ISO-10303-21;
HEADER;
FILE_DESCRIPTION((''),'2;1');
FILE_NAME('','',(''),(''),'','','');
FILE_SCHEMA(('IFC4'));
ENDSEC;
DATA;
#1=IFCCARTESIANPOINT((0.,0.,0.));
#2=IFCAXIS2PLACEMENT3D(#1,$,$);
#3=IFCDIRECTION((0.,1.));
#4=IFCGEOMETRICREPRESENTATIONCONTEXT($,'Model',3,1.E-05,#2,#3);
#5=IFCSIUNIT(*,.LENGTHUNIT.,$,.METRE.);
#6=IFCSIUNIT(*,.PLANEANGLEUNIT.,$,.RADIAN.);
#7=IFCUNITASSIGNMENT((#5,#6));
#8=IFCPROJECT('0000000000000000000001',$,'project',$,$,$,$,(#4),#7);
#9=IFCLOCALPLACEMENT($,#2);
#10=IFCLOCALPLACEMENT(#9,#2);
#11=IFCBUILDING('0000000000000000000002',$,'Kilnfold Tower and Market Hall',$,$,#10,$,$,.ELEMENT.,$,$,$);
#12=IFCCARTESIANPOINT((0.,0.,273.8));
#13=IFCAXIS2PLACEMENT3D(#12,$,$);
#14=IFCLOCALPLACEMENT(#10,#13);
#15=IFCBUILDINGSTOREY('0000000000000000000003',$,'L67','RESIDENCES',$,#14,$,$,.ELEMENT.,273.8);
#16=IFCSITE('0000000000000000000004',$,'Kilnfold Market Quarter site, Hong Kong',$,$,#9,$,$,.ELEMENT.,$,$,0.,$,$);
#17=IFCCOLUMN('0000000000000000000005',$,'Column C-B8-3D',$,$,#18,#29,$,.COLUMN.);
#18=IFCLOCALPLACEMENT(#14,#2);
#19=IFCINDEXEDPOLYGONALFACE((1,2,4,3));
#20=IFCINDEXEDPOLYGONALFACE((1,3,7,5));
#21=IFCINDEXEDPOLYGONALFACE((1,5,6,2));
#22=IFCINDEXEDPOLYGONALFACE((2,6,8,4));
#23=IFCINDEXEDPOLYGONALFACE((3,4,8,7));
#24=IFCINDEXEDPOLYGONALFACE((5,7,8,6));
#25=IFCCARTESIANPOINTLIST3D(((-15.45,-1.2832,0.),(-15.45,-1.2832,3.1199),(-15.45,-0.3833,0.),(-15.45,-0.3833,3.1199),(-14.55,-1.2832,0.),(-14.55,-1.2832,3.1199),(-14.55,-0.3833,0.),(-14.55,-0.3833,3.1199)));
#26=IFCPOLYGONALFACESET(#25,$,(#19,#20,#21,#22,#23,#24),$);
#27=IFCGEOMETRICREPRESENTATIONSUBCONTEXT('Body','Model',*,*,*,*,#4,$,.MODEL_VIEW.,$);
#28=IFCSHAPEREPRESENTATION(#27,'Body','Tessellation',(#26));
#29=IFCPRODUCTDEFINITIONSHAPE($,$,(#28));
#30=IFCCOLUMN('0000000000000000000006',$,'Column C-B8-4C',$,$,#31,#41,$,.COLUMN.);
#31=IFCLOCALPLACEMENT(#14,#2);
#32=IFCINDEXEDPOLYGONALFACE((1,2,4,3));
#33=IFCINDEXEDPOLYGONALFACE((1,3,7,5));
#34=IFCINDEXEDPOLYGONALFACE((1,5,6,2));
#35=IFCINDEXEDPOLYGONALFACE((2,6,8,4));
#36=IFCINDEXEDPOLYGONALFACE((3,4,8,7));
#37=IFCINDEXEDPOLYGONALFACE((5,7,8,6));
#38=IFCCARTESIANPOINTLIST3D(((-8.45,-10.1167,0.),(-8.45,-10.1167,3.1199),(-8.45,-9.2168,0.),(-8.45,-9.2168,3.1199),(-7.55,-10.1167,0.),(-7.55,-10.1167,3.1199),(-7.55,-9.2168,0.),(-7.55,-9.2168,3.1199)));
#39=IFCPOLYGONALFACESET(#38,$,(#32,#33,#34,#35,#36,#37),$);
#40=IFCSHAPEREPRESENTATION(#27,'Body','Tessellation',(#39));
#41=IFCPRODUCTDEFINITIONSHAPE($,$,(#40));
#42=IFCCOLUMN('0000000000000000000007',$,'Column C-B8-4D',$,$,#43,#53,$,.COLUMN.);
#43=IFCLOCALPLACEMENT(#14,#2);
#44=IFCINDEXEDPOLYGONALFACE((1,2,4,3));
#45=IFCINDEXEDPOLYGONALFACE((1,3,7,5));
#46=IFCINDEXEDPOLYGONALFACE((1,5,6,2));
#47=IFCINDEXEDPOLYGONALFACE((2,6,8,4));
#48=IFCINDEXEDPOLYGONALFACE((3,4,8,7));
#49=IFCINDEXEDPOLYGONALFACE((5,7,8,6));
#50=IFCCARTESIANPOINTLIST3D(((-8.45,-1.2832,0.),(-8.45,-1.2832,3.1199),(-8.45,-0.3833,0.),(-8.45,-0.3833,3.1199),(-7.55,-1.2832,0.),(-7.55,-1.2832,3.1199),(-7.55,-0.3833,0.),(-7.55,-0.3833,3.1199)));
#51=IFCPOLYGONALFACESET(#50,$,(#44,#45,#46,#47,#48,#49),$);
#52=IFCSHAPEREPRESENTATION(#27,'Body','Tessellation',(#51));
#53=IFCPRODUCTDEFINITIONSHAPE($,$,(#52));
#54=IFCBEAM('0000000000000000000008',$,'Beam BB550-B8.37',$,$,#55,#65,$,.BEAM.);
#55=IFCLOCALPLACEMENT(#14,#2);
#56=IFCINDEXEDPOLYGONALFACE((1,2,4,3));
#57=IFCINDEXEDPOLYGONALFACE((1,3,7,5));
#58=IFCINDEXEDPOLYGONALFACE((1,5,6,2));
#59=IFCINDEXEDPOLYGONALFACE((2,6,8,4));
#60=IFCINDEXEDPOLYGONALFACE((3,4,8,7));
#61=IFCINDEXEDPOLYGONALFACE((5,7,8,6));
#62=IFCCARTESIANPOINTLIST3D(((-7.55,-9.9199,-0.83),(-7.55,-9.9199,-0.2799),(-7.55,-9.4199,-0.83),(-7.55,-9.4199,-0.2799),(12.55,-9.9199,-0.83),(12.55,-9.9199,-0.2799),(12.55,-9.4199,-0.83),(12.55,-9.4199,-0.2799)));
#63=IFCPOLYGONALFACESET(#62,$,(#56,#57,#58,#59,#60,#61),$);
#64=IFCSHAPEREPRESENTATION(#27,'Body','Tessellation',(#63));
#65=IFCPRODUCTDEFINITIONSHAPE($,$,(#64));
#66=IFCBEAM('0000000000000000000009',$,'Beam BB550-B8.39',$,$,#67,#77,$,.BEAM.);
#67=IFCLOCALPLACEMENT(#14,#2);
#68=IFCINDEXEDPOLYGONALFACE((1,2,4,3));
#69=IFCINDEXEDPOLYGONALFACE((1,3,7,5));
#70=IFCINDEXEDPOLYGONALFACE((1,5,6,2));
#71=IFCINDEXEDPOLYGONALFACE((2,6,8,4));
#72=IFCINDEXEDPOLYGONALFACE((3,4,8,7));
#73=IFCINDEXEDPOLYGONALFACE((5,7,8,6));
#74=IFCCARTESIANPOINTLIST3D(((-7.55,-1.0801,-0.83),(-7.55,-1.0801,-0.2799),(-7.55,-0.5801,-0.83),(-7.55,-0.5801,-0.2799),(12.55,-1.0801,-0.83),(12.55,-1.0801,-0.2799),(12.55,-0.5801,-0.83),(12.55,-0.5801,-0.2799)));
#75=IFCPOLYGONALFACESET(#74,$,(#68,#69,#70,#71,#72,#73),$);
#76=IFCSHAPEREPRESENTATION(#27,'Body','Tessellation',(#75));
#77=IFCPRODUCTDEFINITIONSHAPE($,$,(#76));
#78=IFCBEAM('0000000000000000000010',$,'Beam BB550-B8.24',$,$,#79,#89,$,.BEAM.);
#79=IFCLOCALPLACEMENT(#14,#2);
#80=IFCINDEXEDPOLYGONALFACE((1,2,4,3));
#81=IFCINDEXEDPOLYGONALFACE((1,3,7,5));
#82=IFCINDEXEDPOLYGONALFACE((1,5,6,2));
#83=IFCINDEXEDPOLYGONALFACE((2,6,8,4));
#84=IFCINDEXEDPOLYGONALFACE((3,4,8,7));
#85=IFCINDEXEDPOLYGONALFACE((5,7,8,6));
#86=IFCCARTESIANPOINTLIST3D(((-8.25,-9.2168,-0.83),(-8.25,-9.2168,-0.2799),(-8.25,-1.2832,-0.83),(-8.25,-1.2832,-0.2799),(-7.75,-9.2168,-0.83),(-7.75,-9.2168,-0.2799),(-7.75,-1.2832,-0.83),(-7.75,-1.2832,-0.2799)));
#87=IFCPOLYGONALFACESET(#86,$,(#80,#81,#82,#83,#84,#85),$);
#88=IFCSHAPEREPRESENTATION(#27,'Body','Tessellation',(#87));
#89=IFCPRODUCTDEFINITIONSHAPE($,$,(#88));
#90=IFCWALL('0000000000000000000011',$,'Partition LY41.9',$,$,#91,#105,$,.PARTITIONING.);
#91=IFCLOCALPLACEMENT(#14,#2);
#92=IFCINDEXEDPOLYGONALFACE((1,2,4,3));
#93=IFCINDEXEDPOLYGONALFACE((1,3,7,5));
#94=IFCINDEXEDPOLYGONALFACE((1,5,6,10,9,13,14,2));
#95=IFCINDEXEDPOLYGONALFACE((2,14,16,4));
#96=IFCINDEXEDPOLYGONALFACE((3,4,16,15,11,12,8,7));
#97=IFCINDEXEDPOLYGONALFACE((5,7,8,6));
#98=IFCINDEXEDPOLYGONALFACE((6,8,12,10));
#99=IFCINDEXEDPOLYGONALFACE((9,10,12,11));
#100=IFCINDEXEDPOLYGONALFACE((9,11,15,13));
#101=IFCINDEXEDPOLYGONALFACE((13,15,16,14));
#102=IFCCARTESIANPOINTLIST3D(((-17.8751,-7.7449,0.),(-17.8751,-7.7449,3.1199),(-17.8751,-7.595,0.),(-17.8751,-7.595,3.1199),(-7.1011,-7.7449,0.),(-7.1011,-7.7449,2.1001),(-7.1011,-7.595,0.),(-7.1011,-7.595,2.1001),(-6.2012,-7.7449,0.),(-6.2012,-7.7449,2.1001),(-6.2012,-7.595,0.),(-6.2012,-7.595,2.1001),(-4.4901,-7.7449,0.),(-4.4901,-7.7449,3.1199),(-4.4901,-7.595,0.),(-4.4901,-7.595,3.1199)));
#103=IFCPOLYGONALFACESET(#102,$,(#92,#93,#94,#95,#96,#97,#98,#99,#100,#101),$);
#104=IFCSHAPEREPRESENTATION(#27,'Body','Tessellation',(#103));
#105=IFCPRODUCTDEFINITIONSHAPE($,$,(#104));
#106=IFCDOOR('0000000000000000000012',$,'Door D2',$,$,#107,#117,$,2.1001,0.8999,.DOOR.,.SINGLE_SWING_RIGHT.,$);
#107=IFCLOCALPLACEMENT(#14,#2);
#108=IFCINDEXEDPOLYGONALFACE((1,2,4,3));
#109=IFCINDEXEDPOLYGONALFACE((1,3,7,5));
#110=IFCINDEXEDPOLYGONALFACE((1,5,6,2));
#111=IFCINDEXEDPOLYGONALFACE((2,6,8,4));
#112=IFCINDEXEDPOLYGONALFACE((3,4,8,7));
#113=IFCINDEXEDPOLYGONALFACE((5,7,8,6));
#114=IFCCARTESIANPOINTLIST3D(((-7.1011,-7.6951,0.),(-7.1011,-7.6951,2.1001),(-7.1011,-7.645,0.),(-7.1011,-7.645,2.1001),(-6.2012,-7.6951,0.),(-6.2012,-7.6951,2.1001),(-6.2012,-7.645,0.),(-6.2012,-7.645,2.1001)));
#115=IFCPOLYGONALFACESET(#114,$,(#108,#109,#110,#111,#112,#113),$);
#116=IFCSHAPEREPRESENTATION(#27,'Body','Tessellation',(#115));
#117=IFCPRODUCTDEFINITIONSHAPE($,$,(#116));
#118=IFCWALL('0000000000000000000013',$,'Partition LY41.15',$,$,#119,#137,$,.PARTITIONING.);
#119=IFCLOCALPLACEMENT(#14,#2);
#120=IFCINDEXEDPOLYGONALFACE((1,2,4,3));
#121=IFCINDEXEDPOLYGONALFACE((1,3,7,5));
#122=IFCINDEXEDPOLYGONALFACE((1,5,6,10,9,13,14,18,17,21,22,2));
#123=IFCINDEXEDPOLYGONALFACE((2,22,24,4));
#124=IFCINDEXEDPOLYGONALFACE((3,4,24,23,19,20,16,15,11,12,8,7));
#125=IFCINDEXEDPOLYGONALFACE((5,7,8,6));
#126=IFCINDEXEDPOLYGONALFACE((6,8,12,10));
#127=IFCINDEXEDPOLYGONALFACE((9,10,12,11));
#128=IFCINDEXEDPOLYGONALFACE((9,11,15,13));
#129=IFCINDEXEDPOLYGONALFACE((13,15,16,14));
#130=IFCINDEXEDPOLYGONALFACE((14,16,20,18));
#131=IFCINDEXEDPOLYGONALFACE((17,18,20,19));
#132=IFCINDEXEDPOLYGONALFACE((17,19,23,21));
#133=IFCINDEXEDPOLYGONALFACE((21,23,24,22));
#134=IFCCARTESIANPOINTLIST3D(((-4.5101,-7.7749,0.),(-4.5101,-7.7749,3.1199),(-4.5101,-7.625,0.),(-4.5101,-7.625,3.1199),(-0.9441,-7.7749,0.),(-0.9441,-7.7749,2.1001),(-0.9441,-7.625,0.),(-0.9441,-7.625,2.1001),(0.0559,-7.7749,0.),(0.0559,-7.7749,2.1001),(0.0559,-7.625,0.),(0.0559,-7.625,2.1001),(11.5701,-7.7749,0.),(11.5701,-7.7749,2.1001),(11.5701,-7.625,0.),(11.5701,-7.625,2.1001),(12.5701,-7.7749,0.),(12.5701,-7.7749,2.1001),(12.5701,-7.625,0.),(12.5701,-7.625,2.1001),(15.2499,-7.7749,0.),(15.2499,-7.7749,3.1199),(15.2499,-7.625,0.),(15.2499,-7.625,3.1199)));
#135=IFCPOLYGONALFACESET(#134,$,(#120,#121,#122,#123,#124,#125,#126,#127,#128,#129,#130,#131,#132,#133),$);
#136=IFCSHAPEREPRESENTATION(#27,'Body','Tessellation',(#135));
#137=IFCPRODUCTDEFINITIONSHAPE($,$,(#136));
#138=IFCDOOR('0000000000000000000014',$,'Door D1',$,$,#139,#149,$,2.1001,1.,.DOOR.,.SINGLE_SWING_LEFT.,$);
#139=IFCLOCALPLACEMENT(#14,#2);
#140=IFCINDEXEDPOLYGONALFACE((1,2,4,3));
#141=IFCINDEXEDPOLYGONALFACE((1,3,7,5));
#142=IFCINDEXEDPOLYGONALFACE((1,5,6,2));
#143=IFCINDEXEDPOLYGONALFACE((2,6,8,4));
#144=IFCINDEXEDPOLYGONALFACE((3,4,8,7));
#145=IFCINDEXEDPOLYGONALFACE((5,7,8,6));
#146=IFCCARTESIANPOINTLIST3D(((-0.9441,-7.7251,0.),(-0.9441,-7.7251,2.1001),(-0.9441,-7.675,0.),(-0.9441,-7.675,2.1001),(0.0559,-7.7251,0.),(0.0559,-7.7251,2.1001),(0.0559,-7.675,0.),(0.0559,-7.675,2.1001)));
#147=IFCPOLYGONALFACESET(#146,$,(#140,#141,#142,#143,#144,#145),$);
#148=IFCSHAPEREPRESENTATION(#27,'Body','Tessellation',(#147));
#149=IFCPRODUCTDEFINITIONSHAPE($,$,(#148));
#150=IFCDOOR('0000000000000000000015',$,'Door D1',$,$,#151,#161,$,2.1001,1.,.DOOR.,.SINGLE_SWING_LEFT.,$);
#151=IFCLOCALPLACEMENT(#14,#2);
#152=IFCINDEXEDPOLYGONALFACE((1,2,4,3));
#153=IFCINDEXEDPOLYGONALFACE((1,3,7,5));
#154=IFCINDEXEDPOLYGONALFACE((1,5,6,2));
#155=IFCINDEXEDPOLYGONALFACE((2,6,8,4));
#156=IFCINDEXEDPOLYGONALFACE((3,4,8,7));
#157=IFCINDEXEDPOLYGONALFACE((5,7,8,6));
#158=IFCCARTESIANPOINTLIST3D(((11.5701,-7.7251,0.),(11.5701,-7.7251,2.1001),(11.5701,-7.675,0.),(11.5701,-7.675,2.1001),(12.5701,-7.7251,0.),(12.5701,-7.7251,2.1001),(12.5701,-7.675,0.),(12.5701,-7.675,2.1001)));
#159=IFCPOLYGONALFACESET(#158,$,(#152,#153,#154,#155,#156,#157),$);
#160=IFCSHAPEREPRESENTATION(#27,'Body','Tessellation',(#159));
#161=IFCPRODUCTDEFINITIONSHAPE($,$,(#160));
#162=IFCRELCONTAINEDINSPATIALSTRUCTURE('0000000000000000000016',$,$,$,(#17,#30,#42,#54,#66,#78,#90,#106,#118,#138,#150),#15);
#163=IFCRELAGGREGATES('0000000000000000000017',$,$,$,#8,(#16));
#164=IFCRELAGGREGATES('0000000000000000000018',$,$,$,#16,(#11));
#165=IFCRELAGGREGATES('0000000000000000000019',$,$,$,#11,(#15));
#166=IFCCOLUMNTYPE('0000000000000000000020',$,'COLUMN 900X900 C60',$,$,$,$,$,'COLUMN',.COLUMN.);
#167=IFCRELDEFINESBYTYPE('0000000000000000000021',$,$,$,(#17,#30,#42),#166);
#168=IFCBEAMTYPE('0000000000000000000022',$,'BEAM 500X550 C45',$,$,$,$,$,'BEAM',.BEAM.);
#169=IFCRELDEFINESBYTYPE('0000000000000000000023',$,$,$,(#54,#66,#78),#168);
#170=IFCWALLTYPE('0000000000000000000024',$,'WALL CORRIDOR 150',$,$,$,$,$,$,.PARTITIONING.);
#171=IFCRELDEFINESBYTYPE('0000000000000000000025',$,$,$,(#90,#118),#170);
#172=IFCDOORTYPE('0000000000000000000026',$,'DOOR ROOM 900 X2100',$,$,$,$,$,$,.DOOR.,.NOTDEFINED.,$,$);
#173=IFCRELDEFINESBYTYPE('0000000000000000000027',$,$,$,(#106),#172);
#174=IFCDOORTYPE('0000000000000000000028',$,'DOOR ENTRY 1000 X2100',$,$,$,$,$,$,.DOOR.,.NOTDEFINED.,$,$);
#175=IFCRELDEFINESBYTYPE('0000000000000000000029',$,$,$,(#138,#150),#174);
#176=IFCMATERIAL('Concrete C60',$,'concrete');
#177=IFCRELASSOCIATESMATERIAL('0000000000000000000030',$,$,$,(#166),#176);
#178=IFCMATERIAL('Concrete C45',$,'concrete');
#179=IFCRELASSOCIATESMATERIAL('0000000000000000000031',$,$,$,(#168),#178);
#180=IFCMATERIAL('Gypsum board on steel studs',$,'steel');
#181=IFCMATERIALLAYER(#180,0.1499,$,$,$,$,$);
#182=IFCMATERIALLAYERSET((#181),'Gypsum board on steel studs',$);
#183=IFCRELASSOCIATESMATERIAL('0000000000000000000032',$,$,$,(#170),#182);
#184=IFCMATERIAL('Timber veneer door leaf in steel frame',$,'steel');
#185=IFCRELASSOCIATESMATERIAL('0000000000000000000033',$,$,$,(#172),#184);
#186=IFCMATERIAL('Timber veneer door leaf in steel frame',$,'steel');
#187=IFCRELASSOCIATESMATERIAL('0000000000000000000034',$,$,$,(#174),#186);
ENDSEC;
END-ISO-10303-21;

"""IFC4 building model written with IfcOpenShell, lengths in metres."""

from ifc_helpers import new_model, si_unit, direction, frame, frame_2d, origin, origin_2d, place, context, subcontext, project, spatial, rectangle, extrude, source, transform, mapped, material, layer, layer_set, material_profile, profile_set, type_object, element, fill, save


model = new_model("IFC4")

# Units and contexts
model_context = context("Model", 3, precision=1e-05, world=origin(), true_north=direction((0.0, 1.0)))
body_context = subcontext(model_context, "Body", "Model", "MODEL_VIEW")
ifc_project = project(units=[si_unit("LENGTHUNIT", "METRE"), si_unit("PLANEANGLEUNIT", "RADIAN")], contexts=[model_context])

# Site, building, storey
site_placement = place(None, origin())
site = spatial("IfcSite", under=ifc_project, at=site_placement, Name="Kilnfold Market Quarter site, Hong Kong", CompositionType="ELEMENT", RefElevation=0.0)
building_placement = place(site_placement, origin())
building = spatial("IfcBuilding", under=site, at=building_placement, Name="Kilnfold Tower and Market Hall", CompositionType="ELEMENT")
storey_placement = place(building_placement, frame((0.0, 0.0, 273.8)))
storey = spatial("IfcBuildingStorey", under=building, at=storey_placement, Name="L67", Description="RESIDENCES", CompositionType="ELEMENT", Elevation=273.8)

# Columns
ifc_material_1 = material(Name="Concrete C60", Category="concrete")
ifc_material_profile_1 = material_profile(ifc_material_1, rectangle(XDim=0.8999, YDim=0.8999, at=origin_2d()), Name="RC 900x900")
ifc_profile_set_1 = profile_set([ifc_material_profile_1], Name="Concrete C60")
column_type = type_object("IfcColumnType", Name="COLUMN 900X900 C60", ElementType="COLUMN", PredefinedType="COLUMN", material=ifc_profile_set_1)
shared_shape_1 = source(origin(), body_context, "Body", "SweptSolid", [
    extrude(rectangle(XDim=0.8999, YDim=0.8999, at=origin_2d()), origin(), (0.0, 0.0, 1.0), 3.1199),
])
for number, where, z_axis, x_axis, name in (
    (1, (-15.0, -0.8333, 0.0), (0.0, 0.0, 1.0), (1.0, 0.0, 0.0), "Column C-B8-3D"),
    (2, (-8.0, -9.6667, 0.0), (0.0, 0.0, 1.0), (1.0, 0.0, 0.0), "Column C-B8-4C"),
    (3, (-8.0, -0.8333, 0.0), (0.0, 0.0, 1.0), (1.0, 0.0, 0.0), "Column C-B8-4D"),
):
    element("IfcColumn", number, at=place(storey_placement, frame(where, z_axis=z_axis, x_axis=x_axis)), inside=storey, type_object=column_type, Name=name, PredefinedType="COLUMN", context=body_context, shape_type="MappedRepresentation", body=[
        mapped(shared_shape_1, transform((0.0, 0.0, 0.0))),
    ])

# Beams
ifc_material_2 = material(Name="Concrete C45", Category="concrete")
ifc_material_profile_2 = material_profile(ifc_material_2, rectangle(XDim=0.5, YDim=0.55, at=origin_2d()), Name="RC 500x550")
ifc_profile_set_2 = profile_set([ifc_material_profile_2], Name="Concrete C45")
beam_type = type_object("IfcBeamType", Name="BEAM 500X550 C45", ElementType="BEAM", PredefinedType="BEAM", material=ifc_profile_set_2)
shared_shape_2 = source(origin(), body_context, "Body", "SweptSolid", [
    extrude(rectangle(XDim=0.5, YDim=0.55, at=origin_2d()), origin(), (0.0, 0.0, 1.0), 20.1001),
])
for number, where, z_axis, x_axis, name in (
    (4, (-7.55, -9.6699, -0.5549), (1.0, 0.0, 0.0), (0.0, 1.0, 0.0), "Beam BB550-B8.37"),
    (5, (-7.55, -0.8301, -0.5549), (1.0, 0.0, 0.0), (0.0, 1.0, 0.0), "Beam BB550-B8.39"),
):
    element("IfcBeam", number, at=place(storey_placement, frame(where, z_axis=z_axis, x_axis=x_axis)), inside=storey, type_object=beam_type, Name=name, PredefinedType="BEAM", context=body_context, shape_type="MappedRepresentation", body=[
        mapped(shared_shape_2, transform((0.0, 0.0, 0.0))),
    ])
shared_shape_3 = source(origin(), body_context, "Body", "SweptSolid", [
    extrude(rectangle(XDim=0.5, YDim=0.55, at=origin_2d()), origin(), (0.0, 0.0, 1.0), 7.9336),
])
beam_placement = place(storey_placement, frame((-8.0, -9.2168, -0.5549), z_axis=(0.0, 1.0, 0.0), x_axis=(-1.0, 0.0, 0.0)))
element("IfcBeam", 6, at=beam_placement, inside=storey, type_object=beam_type, Name="Beam BB550-B8.24", PredefinedType="BEAM", context=body_context, shape_type="MappedRepresentation", body=[
    mapped(shared_shape_3, transform((0.0, 0.0, 0.0))),
])

# Wall, opening, door
ifc_material_3 = material(Name="Gypsum board on steel studs", Category="steel")
ifc_layer_1 = layer(ifc_material_3, 0.1499)
ifc_layer_set_1 = layer_set([ifc_layer_1], Name="Gypsum board on steel studs")
wall_type_1 = type_object("IfcWallType", Name="WALL CORRIDOR 150", PredefinedType="PARTITIONING", material=ifc_layer_set_1)
wall_1_placement = place(storey_placement, frame((-17.875, -7.6699, 0.0), z_axis=(0.0, 0.0, 1.0), x_axis=(1.0, 0.0, 0.0)))
wall_1 = element("IfcWall", 7, at=wall_1_placement, inside=storey, type_object=wall_type_1, Name="Partition LY41.9", PredefinedType="PARTITIONING", context=body_context, shape_type="SweptSolid", body=[
    extrude(rectangle(XDim=13.385, YDim=0.1499, at=frame_2d((6.6924, 0.0))), origin(), (0.0, 0.0, 1.0), 3.1199),
])
opening_1_placement = place(wall_1_placement, frame((10.7739, 0.0, 0.0)))
opening_1 = element("IfcOpeningElement", 8, at=opening_1_placement, cuts=wall_1, PredefinedType="OPENING", context=body_context, shape_type="SweptSolid", body=[
    extrude(rectangle(XDim=0.8999, YDim=2.1001, at=frame_2d((0.45, 1.05))), frame((0.0, 0.085, 0.0), z_axis=(0.0, -1.0, 0.0), x_axis=(1.0, 0.0, 0.0)), (0.0, 0.0, 1.0), 0.1699),
])
ifc_material_4 = material(Name="Timber veneer door leaf in steel frame", Category="steel")
door_type_1 = type_object("IfcDoorType", Name="DOOR ROOM 900 X2100", OperationType="NOTDEFINED", PredefinedType="DOOR", material=ifc_material_4)
door_1_placement = place(opening_1_placement, origin())
door_1 = element("IfcDoor", 9, at=door_1_placement, inside=storey, type_object=door_type_1, Name="Door D2", OperationType="SINGLE_SWING_RIGHT", OverallHeight=2.1001, OverallWidth=0.8999, PredefinedType="DOOR", context=body_context, shape_type="SweptSolid", body=[
    extrude(rectangle(XDim=0.8999, YDim=2.1001, at=frame_2d((0.45, 1.05))), frame((0.0, 0.0249, 0.0), z_axis=(0.0, -1.0, 0.0), x_axis=(1.0, 0.0, 0.0)), (0.0, 0.0, 1.0), 0.05),
])
fill(opening_1, door_1)

# Wall, openings, doors
wall_2_placement = place(storey_placement, frame((-4.51, -7.7, 0.0), z_axis=(0.0, 0.0, 1.0), x_axis=(1.0, 0.0, 0.0)))
wall_2 = element("IfcWall", 10, at=wall_2_placement, inside=storey, type_object=wall_type_1, Name="Partition LY41.15", PredefinedType="PARTITIONING", context=body_context, shape_type="SweptSolid", body=[
    extrude(rectangle(XDim=19.76, YDim=0.1499, at=frame_2d((9.8799, 0.0))), origin(), (0.0, 0.0, 1.0), 3.1199),
])
opening_2_placement = place(wall_2_placement, frame((3.5659, 0.0, 0.0)))
opening_2 = element("IfcOpeningElement", 11, at=opening_2_placement, cuts=wall_2, PredefinedType="OPENING", context=body_context, shape_type="SweptSolid", body=[
    extrude(rectangle(XDim=1.0, YDim=2.1001, at=frame_2d((0.5, 1.05))), frame((0.0, 0.085, 0.0), z_axis=(0.0, -1.0, 0.0), x_axis=(1.0, 0.0, 0.0)), (0.0, 0.0, 1.0), 0.1699),
])
opening_3_placement = place(wall_2_placement, frame((16.0801, 0.0, 0.0)))
opening_3 = element("IfcOpeningElement", 12, at=opening_3_placement, cuts=wall_2, PredefinedType="OPENING", context=body_context, shape_type="SweptSolid", body=[
    extrude(rectangle(XDim=1.0, YDim=2.1001, at=frame_2d((0.5, 1.05))), frame((0.0, 0.085, 0.0), z_axis=(0.0, -1.0, 0.0), x_axis=(1.0, 0.0, 0.0)), (0.0, 0.0, 1.0), 0.1699),
])
ifc_material_5 = material(Name="Timber veneer door leaf in steel frame", Category="steel")
door_type_2 = type_object("IfcDoorType", Name="DOOR ENTRY 1000 X2100", OperationType="NOTDEFINED", PredefinedType="DOOR", material=ifc_material_5)
door_2_placement = place(opening_2_placement, origin())
door_2 = element("IfcDoor", 13, at=door_2_placement, inside=storey, type_object=door_type_2, Name="Door D1", OperationType="SINGLE_SWING_LEFT", OverallHeight=2.1001, OverallWidth=1.0, PredefinedType="DOOR", context=body_context, shape_type="SweptSolid", body=[
    extrude(rectangle(XDim=1.0, YDim=2.1001, at=frame_2d((0.5, 1.05))), frame((0.0, 0.0249, 0.0), z_axis=(0.0, -1.0, 0.0), x_axis=(1.0, 0.0, 0.0)), (0.0, 0.0, 1.0), 0.05),
])
fill(opening_2, door_2)
door_3_placement = place(opening_3_placement, origin())
door_3 = element("IfcDoor", 14, at=door_3_placement, inside=storey, type_object=door_type_2, Name="Door D1", OperationType="SINGLE_SWING_LEFT", OverallHeight=2.1001, OverallWidth=1.0, PredefinedType="DOOR", context=body_context, shape_type="SweptSolid", body=[
    extrude(rectangle(XDim=1.0, YDim=2.1001, at=frame_2d((0.5, 1.05))), frame((0.0, 0.0249, 0.0), z_axis=(0.0, -1.0, 0.0), x_axis=(1.0, 0.0, 0.0)), (0.0, 0.0, 1.0), 0.05),
])
fill(opening_3, door_3)

save(model, "model.ifc")
